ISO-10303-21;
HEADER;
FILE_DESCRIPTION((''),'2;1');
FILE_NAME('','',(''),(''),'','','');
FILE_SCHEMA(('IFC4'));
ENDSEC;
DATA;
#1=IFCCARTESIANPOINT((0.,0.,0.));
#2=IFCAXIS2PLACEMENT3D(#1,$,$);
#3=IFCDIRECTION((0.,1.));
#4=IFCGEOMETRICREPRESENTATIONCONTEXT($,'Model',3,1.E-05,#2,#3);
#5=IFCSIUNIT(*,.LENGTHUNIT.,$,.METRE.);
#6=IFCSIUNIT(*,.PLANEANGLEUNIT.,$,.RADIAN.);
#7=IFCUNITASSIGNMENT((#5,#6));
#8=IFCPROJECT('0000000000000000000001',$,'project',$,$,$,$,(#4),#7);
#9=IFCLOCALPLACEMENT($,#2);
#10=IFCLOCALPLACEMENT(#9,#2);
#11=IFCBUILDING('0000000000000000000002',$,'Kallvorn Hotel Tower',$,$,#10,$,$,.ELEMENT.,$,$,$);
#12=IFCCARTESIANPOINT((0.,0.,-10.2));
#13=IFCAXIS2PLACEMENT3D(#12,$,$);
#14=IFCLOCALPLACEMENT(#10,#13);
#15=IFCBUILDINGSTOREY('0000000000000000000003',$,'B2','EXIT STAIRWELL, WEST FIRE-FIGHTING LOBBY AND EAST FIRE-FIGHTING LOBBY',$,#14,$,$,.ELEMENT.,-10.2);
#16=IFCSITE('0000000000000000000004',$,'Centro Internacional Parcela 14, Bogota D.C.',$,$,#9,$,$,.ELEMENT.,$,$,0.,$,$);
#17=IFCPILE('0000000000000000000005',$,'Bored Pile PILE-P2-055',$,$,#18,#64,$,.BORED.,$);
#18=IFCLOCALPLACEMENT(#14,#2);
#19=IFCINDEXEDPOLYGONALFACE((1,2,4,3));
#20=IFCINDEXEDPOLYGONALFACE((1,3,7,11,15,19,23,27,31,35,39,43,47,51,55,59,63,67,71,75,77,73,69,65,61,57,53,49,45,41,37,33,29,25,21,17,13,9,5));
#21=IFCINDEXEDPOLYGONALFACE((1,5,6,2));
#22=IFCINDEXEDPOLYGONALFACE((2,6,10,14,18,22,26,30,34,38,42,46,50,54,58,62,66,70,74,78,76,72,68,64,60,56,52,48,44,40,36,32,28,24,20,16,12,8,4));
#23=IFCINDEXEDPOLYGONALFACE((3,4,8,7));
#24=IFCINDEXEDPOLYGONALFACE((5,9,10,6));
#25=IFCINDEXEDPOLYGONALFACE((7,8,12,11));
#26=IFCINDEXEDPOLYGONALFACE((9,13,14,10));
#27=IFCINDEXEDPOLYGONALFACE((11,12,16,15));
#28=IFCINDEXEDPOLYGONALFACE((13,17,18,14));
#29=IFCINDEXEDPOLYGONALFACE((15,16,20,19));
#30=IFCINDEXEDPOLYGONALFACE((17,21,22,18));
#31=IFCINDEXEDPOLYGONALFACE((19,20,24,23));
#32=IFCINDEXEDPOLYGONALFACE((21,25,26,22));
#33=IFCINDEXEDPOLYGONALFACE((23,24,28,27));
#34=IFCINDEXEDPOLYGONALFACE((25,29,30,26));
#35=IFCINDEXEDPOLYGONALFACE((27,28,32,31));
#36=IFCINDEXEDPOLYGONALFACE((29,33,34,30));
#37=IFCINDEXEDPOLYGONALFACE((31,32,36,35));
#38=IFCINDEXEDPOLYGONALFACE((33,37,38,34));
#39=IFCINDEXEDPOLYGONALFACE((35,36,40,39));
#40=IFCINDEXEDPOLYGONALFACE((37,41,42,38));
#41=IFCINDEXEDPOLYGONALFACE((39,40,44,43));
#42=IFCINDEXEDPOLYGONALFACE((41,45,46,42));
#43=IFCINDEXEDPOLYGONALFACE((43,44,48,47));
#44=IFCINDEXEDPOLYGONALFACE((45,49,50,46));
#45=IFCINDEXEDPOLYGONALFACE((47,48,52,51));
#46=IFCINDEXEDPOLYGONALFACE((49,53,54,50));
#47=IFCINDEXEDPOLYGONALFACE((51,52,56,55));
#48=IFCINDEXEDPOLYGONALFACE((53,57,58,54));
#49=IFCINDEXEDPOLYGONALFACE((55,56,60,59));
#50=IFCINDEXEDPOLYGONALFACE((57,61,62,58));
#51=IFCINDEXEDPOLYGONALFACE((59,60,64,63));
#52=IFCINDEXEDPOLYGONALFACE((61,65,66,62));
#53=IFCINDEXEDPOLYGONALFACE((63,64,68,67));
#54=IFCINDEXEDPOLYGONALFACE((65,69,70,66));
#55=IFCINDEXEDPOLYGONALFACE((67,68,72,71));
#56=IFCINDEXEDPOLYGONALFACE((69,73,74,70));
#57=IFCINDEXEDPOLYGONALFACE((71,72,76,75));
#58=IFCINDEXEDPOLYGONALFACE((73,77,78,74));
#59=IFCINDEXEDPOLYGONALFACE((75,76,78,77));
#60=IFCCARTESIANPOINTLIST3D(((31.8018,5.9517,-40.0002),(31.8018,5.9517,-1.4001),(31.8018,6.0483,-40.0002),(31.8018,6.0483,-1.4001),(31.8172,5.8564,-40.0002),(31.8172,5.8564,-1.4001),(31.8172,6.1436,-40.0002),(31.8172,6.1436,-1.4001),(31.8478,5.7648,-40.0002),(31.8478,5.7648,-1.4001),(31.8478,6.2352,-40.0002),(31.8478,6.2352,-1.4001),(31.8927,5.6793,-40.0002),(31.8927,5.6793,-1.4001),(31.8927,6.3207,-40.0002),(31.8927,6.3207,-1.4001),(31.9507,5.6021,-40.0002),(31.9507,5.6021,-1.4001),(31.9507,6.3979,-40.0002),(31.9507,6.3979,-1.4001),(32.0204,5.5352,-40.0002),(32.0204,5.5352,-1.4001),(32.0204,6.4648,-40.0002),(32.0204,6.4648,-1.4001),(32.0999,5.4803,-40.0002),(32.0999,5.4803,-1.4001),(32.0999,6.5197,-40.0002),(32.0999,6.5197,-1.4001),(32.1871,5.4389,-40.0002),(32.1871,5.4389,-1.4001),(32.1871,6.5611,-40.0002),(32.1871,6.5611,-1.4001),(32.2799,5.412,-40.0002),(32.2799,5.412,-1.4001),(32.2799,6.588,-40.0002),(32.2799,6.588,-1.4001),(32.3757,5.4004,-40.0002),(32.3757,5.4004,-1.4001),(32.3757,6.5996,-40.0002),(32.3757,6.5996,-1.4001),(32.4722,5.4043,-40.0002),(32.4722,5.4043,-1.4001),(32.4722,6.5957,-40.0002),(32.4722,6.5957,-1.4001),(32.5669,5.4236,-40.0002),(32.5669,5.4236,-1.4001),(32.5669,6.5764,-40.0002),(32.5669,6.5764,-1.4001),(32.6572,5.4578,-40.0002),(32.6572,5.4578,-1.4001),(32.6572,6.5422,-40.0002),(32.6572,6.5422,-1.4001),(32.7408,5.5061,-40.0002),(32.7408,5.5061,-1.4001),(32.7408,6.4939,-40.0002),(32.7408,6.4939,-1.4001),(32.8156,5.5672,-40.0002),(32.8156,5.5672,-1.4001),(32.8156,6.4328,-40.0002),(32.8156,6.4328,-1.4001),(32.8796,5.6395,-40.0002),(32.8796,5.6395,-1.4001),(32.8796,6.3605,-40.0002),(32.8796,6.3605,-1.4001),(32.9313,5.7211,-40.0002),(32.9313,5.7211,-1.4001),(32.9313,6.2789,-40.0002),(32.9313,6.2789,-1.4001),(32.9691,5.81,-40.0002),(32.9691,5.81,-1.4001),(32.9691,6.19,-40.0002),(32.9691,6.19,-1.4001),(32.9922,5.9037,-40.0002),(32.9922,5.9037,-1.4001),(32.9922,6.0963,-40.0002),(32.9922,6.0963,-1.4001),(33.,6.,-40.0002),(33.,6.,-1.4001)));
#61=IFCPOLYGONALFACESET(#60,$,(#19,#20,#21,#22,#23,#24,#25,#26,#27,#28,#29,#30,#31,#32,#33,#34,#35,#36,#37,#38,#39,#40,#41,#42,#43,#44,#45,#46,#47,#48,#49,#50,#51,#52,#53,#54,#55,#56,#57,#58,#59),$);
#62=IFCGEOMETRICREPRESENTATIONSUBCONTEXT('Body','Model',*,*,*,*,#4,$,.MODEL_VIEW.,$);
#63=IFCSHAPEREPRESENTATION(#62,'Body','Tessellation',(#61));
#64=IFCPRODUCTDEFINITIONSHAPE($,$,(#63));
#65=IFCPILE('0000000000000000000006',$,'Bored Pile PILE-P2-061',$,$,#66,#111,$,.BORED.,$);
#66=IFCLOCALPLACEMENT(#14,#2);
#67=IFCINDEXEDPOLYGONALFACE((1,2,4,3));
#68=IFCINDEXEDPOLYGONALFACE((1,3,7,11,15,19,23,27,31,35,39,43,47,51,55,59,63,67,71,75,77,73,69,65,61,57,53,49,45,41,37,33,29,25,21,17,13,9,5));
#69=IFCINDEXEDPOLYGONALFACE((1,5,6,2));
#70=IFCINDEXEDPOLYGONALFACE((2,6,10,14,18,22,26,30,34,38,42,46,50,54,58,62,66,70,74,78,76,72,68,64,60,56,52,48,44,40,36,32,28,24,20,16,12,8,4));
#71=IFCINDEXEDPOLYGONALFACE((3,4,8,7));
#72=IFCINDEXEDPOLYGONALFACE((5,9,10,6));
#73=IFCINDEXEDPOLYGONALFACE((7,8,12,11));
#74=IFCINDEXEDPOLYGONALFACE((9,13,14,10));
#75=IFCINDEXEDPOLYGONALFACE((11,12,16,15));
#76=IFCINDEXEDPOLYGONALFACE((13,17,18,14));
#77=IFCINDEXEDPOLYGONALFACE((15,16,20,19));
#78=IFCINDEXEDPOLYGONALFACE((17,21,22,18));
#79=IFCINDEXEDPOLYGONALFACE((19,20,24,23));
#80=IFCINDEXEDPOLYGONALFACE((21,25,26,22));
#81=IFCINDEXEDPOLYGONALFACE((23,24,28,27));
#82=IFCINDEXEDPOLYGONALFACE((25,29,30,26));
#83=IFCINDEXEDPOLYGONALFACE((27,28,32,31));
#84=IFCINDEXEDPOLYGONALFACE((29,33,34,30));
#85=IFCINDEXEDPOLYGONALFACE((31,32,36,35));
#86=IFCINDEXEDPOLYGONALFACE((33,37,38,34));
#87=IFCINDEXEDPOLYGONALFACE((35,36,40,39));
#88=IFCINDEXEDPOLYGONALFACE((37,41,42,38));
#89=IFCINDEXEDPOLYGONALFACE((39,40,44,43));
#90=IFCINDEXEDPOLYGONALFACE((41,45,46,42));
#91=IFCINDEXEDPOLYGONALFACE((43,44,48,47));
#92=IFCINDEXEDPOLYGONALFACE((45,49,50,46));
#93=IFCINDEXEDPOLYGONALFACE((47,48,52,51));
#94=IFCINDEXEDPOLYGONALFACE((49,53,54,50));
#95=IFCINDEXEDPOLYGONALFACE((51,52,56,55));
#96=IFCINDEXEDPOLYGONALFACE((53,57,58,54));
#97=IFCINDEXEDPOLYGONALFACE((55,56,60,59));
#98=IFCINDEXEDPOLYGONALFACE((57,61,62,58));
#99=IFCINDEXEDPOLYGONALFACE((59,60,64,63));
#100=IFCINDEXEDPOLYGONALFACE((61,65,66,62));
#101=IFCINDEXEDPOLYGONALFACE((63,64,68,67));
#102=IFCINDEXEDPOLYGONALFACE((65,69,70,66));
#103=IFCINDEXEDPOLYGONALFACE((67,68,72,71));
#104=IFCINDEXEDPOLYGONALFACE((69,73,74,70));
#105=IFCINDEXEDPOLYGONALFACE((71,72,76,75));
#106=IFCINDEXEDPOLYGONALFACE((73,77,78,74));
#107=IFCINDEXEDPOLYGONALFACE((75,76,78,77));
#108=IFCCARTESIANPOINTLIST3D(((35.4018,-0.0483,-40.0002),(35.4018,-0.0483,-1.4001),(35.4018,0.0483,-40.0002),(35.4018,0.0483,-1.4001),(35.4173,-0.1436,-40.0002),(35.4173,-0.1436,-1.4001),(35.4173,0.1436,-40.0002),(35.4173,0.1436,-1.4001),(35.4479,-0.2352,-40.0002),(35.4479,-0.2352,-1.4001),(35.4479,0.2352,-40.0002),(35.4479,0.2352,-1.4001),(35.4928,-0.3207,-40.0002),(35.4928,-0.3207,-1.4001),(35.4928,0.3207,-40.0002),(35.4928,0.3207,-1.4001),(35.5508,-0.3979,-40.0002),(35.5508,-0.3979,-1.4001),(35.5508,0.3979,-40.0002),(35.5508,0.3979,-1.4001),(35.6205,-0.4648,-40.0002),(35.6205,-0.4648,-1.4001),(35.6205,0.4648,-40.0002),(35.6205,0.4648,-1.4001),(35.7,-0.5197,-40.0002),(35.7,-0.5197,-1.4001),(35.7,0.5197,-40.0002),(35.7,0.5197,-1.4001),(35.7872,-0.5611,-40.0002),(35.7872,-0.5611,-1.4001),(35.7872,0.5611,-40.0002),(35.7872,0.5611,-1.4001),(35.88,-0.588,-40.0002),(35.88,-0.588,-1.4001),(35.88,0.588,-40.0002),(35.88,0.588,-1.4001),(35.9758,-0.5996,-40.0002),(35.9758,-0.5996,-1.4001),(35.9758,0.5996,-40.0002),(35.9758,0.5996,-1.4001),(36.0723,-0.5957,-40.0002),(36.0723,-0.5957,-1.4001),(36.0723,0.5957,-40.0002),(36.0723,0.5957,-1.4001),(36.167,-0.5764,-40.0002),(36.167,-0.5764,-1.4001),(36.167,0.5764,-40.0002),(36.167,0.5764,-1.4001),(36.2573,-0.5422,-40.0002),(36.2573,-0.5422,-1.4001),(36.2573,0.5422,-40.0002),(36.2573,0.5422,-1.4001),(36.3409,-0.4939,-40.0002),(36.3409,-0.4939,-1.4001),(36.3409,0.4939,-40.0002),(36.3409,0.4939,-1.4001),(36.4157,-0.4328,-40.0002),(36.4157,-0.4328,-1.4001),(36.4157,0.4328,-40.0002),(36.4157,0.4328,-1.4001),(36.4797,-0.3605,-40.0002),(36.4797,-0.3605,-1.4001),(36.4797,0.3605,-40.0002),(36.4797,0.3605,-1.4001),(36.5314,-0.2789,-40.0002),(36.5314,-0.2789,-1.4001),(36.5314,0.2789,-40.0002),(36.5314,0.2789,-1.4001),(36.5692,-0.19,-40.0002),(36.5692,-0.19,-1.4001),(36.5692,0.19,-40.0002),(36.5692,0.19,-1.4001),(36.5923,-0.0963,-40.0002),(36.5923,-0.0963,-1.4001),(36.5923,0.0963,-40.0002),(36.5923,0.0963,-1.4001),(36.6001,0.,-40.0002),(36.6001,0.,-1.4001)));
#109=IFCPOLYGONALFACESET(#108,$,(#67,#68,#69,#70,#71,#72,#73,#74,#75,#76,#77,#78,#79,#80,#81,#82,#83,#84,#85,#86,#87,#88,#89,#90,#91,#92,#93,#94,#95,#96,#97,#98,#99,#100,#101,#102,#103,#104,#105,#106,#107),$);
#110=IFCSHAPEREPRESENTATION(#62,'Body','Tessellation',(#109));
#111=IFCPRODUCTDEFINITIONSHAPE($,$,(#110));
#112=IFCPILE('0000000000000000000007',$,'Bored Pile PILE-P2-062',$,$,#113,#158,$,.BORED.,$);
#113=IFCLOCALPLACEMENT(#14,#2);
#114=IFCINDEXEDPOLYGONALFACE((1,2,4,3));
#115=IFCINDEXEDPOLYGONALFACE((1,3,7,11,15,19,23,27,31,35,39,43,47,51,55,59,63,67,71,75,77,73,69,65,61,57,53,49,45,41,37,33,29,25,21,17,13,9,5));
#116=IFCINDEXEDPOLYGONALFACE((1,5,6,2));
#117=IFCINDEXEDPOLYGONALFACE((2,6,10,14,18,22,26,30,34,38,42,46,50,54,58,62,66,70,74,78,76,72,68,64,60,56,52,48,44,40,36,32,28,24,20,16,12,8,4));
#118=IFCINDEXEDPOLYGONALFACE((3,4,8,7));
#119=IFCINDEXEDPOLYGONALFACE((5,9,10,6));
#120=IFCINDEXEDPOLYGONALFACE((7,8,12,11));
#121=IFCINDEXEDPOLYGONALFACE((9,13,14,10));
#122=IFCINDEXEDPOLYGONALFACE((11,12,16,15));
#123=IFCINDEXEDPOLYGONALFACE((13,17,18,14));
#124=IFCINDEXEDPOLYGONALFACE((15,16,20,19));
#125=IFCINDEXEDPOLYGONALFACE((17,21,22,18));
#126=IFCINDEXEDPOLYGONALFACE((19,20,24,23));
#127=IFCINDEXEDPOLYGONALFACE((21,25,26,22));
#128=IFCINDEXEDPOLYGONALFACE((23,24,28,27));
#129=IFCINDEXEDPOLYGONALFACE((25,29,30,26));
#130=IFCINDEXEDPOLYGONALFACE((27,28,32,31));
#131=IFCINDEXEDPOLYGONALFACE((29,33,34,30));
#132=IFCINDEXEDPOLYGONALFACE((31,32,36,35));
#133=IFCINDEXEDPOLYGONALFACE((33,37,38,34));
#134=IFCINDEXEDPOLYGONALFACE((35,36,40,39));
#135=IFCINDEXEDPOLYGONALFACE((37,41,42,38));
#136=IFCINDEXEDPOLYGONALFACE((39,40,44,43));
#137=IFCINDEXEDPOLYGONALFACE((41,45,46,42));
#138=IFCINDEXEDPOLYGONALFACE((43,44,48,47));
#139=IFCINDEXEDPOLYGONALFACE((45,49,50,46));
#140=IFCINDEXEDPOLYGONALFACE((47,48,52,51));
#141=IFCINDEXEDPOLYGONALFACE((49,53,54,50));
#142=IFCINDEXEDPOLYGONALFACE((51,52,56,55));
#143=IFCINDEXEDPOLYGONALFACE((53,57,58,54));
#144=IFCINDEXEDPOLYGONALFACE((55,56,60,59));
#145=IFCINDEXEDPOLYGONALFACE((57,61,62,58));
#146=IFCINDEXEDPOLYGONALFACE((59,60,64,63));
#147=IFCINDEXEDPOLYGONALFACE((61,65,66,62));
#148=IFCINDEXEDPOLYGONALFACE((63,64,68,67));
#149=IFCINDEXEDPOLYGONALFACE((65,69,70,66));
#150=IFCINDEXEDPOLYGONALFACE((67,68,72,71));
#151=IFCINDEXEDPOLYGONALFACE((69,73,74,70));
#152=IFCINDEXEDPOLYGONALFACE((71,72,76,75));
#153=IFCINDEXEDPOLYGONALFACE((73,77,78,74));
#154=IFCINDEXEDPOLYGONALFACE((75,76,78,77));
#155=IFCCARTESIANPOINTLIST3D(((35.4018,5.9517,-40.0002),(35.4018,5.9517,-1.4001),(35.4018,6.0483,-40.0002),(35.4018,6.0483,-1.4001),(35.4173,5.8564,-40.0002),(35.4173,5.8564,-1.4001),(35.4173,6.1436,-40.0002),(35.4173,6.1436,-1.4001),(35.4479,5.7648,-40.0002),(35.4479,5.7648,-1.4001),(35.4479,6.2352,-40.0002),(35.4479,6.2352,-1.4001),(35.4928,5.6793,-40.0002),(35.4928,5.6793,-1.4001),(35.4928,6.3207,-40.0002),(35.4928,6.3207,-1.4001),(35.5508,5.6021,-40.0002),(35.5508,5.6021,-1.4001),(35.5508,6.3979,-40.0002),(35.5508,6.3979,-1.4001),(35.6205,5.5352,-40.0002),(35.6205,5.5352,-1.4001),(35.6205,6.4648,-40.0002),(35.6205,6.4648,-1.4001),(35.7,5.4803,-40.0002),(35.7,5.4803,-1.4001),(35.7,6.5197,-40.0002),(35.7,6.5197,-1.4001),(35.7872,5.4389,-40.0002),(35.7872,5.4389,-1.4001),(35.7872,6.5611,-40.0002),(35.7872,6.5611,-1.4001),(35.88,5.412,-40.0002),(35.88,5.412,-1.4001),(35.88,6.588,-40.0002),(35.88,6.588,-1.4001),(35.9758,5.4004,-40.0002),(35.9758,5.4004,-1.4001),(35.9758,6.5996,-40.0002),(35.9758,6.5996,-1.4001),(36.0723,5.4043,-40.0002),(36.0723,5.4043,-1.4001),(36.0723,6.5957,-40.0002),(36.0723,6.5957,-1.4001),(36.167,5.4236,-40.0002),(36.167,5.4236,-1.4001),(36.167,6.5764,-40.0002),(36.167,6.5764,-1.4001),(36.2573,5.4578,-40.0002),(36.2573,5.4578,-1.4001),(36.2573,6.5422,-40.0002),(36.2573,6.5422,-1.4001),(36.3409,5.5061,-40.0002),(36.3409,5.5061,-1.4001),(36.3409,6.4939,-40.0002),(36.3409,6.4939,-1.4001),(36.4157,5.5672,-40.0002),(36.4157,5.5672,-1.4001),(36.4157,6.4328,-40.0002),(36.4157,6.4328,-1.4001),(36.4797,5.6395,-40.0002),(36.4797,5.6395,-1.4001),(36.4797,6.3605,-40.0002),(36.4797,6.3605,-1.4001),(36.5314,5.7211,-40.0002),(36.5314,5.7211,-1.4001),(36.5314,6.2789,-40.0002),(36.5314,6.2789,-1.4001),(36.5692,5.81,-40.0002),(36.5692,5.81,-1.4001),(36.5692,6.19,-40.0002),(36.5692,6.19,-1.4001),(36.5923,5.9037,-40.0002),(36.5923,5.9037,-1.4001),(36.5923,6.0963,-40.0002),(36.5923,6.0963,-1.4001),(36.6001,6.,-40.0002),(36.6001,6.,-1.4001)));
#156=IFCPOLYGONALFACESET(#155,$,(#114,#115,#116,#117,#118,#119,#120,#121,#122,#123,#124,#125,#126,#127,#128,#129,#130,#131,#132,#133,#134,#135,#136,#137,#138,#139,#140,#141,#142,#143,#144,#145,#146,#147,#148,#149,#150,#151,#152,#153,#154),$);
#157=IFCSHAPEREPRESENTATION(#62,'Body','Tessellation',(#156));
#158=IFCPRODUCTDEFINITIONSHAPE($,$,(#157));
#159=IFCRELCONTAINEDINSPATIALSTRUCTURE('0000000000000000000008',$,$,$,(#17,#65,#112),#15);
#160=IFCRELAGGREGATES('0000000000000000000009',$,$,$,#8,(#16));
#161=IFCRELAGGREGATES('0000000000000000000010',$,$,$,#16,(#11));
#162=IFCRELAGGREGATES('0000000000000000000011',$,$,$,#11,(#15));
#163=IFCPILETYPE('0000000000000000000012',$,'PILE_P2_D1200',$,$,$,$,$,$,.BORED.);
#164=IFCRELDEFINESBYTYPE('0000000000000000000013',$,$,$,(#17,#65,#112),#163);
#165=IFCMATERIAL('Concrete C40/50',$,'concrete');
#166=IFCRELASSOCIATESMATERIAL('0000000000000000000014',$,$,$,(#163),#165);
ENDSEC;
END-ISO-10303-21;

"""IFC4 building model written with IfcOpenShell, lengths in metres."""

from ifc_helpers import new_model, si_unit, direction, frame, origin, origin_2d, place, context, subcontext, project, spatial, circle, extrude, material, material_profile, profile_set, type_object, element, save


model = new_model("IFC4")

# Units and contexts
model_context = context("Model", 3, precision=1e-05, world=origin(), true_north=direction((0.0, 1.0)))
body_context = subcontext(model_context, "Body", "Model", "MODEL_VIEW")
ifc_project = project(units=[si_unit("LENGTHUNIT", "METRE"), si_unit("PLANEANGLEUNIT", "RADIAN")], contexts=[model_context])

# Site, building, storey
site_placement = place(None, origin())
site = spatial("IfcSite", under=ifc_project, at=site_placement, Name="Centro Internacional Parcela 14, Bogota D.C.", CompositionType="ELEMENT", RefElevation=0.0)
building_placement = place(site_placement, origin())
building = spatial("IfcBuilding", under=site, at=building_placement, Name="Kallvorn Hotel Tower", CompositionType="ELEMENT")
storey_placement = place(building_placement, frame((0.0, 0.0, -10.2)))
storey = spatial("IfcBuildingStorey", under=building, at=storey_placement, Name="B2", Description="EXIT STAIRWELL, WEST FIRE-FIGHTING LOBBY AND EAST FIRE-FIGHTING LOBBY", CompositionType="ELEMENT", Elevation=-10.2)

# Piles
ifc_material_1 = material(Name="Concrete C40/50", Category="concrete")
ifc_material_profile_1 = material_profile(ifc_material_1, circle(Radius=0.6001, at=origin_2d()), Name="PILE D1200")
ifc_profile_set_1 = profile_set([ifc_material_profile_1], Name="Concrete C40/50")
pile_type_1 = type_object("IfcPileType", Name="PILE_P2_D1200", PredefinedType="BORED", material=ifc_profile_set_1)
for number, where, z_axis, x_axis, name in (
    (1, (32.3999, 6.0, -1.4001), (0.0, 0.0, -1.0), (1.0, 0.0, 0.0), "Bored Pile PILE-P2-055"),
    (2, (36.0, 0.0, -1.4001), (0.0, 0.0, -1.0), (1.0, 0.0, 0.0), "Bored Pile PILE-P2-061"),
    (3, (36.0, 6.0, -1.4001), (0.0, 0.0, -1.0), (1.0, 0.0, 0.0), "Bored Pile PILE-P2-062"),
):
    element("IfcPile", number, at=place(storey_placement, frame(where, z_axis=z_axis, x_axis=x_axis)), inside=storey, type_object=pile_type_1, Name=name, PredefinedType="BORED", context=body_context, shape_type="SweptSolid", body=[
        extrude(circle(Radius=0.6001, at=origin_2d()), origin(), (0.0, 0.0, 1.0), 38.6001),
    ])

save(model, "model.ifc")
